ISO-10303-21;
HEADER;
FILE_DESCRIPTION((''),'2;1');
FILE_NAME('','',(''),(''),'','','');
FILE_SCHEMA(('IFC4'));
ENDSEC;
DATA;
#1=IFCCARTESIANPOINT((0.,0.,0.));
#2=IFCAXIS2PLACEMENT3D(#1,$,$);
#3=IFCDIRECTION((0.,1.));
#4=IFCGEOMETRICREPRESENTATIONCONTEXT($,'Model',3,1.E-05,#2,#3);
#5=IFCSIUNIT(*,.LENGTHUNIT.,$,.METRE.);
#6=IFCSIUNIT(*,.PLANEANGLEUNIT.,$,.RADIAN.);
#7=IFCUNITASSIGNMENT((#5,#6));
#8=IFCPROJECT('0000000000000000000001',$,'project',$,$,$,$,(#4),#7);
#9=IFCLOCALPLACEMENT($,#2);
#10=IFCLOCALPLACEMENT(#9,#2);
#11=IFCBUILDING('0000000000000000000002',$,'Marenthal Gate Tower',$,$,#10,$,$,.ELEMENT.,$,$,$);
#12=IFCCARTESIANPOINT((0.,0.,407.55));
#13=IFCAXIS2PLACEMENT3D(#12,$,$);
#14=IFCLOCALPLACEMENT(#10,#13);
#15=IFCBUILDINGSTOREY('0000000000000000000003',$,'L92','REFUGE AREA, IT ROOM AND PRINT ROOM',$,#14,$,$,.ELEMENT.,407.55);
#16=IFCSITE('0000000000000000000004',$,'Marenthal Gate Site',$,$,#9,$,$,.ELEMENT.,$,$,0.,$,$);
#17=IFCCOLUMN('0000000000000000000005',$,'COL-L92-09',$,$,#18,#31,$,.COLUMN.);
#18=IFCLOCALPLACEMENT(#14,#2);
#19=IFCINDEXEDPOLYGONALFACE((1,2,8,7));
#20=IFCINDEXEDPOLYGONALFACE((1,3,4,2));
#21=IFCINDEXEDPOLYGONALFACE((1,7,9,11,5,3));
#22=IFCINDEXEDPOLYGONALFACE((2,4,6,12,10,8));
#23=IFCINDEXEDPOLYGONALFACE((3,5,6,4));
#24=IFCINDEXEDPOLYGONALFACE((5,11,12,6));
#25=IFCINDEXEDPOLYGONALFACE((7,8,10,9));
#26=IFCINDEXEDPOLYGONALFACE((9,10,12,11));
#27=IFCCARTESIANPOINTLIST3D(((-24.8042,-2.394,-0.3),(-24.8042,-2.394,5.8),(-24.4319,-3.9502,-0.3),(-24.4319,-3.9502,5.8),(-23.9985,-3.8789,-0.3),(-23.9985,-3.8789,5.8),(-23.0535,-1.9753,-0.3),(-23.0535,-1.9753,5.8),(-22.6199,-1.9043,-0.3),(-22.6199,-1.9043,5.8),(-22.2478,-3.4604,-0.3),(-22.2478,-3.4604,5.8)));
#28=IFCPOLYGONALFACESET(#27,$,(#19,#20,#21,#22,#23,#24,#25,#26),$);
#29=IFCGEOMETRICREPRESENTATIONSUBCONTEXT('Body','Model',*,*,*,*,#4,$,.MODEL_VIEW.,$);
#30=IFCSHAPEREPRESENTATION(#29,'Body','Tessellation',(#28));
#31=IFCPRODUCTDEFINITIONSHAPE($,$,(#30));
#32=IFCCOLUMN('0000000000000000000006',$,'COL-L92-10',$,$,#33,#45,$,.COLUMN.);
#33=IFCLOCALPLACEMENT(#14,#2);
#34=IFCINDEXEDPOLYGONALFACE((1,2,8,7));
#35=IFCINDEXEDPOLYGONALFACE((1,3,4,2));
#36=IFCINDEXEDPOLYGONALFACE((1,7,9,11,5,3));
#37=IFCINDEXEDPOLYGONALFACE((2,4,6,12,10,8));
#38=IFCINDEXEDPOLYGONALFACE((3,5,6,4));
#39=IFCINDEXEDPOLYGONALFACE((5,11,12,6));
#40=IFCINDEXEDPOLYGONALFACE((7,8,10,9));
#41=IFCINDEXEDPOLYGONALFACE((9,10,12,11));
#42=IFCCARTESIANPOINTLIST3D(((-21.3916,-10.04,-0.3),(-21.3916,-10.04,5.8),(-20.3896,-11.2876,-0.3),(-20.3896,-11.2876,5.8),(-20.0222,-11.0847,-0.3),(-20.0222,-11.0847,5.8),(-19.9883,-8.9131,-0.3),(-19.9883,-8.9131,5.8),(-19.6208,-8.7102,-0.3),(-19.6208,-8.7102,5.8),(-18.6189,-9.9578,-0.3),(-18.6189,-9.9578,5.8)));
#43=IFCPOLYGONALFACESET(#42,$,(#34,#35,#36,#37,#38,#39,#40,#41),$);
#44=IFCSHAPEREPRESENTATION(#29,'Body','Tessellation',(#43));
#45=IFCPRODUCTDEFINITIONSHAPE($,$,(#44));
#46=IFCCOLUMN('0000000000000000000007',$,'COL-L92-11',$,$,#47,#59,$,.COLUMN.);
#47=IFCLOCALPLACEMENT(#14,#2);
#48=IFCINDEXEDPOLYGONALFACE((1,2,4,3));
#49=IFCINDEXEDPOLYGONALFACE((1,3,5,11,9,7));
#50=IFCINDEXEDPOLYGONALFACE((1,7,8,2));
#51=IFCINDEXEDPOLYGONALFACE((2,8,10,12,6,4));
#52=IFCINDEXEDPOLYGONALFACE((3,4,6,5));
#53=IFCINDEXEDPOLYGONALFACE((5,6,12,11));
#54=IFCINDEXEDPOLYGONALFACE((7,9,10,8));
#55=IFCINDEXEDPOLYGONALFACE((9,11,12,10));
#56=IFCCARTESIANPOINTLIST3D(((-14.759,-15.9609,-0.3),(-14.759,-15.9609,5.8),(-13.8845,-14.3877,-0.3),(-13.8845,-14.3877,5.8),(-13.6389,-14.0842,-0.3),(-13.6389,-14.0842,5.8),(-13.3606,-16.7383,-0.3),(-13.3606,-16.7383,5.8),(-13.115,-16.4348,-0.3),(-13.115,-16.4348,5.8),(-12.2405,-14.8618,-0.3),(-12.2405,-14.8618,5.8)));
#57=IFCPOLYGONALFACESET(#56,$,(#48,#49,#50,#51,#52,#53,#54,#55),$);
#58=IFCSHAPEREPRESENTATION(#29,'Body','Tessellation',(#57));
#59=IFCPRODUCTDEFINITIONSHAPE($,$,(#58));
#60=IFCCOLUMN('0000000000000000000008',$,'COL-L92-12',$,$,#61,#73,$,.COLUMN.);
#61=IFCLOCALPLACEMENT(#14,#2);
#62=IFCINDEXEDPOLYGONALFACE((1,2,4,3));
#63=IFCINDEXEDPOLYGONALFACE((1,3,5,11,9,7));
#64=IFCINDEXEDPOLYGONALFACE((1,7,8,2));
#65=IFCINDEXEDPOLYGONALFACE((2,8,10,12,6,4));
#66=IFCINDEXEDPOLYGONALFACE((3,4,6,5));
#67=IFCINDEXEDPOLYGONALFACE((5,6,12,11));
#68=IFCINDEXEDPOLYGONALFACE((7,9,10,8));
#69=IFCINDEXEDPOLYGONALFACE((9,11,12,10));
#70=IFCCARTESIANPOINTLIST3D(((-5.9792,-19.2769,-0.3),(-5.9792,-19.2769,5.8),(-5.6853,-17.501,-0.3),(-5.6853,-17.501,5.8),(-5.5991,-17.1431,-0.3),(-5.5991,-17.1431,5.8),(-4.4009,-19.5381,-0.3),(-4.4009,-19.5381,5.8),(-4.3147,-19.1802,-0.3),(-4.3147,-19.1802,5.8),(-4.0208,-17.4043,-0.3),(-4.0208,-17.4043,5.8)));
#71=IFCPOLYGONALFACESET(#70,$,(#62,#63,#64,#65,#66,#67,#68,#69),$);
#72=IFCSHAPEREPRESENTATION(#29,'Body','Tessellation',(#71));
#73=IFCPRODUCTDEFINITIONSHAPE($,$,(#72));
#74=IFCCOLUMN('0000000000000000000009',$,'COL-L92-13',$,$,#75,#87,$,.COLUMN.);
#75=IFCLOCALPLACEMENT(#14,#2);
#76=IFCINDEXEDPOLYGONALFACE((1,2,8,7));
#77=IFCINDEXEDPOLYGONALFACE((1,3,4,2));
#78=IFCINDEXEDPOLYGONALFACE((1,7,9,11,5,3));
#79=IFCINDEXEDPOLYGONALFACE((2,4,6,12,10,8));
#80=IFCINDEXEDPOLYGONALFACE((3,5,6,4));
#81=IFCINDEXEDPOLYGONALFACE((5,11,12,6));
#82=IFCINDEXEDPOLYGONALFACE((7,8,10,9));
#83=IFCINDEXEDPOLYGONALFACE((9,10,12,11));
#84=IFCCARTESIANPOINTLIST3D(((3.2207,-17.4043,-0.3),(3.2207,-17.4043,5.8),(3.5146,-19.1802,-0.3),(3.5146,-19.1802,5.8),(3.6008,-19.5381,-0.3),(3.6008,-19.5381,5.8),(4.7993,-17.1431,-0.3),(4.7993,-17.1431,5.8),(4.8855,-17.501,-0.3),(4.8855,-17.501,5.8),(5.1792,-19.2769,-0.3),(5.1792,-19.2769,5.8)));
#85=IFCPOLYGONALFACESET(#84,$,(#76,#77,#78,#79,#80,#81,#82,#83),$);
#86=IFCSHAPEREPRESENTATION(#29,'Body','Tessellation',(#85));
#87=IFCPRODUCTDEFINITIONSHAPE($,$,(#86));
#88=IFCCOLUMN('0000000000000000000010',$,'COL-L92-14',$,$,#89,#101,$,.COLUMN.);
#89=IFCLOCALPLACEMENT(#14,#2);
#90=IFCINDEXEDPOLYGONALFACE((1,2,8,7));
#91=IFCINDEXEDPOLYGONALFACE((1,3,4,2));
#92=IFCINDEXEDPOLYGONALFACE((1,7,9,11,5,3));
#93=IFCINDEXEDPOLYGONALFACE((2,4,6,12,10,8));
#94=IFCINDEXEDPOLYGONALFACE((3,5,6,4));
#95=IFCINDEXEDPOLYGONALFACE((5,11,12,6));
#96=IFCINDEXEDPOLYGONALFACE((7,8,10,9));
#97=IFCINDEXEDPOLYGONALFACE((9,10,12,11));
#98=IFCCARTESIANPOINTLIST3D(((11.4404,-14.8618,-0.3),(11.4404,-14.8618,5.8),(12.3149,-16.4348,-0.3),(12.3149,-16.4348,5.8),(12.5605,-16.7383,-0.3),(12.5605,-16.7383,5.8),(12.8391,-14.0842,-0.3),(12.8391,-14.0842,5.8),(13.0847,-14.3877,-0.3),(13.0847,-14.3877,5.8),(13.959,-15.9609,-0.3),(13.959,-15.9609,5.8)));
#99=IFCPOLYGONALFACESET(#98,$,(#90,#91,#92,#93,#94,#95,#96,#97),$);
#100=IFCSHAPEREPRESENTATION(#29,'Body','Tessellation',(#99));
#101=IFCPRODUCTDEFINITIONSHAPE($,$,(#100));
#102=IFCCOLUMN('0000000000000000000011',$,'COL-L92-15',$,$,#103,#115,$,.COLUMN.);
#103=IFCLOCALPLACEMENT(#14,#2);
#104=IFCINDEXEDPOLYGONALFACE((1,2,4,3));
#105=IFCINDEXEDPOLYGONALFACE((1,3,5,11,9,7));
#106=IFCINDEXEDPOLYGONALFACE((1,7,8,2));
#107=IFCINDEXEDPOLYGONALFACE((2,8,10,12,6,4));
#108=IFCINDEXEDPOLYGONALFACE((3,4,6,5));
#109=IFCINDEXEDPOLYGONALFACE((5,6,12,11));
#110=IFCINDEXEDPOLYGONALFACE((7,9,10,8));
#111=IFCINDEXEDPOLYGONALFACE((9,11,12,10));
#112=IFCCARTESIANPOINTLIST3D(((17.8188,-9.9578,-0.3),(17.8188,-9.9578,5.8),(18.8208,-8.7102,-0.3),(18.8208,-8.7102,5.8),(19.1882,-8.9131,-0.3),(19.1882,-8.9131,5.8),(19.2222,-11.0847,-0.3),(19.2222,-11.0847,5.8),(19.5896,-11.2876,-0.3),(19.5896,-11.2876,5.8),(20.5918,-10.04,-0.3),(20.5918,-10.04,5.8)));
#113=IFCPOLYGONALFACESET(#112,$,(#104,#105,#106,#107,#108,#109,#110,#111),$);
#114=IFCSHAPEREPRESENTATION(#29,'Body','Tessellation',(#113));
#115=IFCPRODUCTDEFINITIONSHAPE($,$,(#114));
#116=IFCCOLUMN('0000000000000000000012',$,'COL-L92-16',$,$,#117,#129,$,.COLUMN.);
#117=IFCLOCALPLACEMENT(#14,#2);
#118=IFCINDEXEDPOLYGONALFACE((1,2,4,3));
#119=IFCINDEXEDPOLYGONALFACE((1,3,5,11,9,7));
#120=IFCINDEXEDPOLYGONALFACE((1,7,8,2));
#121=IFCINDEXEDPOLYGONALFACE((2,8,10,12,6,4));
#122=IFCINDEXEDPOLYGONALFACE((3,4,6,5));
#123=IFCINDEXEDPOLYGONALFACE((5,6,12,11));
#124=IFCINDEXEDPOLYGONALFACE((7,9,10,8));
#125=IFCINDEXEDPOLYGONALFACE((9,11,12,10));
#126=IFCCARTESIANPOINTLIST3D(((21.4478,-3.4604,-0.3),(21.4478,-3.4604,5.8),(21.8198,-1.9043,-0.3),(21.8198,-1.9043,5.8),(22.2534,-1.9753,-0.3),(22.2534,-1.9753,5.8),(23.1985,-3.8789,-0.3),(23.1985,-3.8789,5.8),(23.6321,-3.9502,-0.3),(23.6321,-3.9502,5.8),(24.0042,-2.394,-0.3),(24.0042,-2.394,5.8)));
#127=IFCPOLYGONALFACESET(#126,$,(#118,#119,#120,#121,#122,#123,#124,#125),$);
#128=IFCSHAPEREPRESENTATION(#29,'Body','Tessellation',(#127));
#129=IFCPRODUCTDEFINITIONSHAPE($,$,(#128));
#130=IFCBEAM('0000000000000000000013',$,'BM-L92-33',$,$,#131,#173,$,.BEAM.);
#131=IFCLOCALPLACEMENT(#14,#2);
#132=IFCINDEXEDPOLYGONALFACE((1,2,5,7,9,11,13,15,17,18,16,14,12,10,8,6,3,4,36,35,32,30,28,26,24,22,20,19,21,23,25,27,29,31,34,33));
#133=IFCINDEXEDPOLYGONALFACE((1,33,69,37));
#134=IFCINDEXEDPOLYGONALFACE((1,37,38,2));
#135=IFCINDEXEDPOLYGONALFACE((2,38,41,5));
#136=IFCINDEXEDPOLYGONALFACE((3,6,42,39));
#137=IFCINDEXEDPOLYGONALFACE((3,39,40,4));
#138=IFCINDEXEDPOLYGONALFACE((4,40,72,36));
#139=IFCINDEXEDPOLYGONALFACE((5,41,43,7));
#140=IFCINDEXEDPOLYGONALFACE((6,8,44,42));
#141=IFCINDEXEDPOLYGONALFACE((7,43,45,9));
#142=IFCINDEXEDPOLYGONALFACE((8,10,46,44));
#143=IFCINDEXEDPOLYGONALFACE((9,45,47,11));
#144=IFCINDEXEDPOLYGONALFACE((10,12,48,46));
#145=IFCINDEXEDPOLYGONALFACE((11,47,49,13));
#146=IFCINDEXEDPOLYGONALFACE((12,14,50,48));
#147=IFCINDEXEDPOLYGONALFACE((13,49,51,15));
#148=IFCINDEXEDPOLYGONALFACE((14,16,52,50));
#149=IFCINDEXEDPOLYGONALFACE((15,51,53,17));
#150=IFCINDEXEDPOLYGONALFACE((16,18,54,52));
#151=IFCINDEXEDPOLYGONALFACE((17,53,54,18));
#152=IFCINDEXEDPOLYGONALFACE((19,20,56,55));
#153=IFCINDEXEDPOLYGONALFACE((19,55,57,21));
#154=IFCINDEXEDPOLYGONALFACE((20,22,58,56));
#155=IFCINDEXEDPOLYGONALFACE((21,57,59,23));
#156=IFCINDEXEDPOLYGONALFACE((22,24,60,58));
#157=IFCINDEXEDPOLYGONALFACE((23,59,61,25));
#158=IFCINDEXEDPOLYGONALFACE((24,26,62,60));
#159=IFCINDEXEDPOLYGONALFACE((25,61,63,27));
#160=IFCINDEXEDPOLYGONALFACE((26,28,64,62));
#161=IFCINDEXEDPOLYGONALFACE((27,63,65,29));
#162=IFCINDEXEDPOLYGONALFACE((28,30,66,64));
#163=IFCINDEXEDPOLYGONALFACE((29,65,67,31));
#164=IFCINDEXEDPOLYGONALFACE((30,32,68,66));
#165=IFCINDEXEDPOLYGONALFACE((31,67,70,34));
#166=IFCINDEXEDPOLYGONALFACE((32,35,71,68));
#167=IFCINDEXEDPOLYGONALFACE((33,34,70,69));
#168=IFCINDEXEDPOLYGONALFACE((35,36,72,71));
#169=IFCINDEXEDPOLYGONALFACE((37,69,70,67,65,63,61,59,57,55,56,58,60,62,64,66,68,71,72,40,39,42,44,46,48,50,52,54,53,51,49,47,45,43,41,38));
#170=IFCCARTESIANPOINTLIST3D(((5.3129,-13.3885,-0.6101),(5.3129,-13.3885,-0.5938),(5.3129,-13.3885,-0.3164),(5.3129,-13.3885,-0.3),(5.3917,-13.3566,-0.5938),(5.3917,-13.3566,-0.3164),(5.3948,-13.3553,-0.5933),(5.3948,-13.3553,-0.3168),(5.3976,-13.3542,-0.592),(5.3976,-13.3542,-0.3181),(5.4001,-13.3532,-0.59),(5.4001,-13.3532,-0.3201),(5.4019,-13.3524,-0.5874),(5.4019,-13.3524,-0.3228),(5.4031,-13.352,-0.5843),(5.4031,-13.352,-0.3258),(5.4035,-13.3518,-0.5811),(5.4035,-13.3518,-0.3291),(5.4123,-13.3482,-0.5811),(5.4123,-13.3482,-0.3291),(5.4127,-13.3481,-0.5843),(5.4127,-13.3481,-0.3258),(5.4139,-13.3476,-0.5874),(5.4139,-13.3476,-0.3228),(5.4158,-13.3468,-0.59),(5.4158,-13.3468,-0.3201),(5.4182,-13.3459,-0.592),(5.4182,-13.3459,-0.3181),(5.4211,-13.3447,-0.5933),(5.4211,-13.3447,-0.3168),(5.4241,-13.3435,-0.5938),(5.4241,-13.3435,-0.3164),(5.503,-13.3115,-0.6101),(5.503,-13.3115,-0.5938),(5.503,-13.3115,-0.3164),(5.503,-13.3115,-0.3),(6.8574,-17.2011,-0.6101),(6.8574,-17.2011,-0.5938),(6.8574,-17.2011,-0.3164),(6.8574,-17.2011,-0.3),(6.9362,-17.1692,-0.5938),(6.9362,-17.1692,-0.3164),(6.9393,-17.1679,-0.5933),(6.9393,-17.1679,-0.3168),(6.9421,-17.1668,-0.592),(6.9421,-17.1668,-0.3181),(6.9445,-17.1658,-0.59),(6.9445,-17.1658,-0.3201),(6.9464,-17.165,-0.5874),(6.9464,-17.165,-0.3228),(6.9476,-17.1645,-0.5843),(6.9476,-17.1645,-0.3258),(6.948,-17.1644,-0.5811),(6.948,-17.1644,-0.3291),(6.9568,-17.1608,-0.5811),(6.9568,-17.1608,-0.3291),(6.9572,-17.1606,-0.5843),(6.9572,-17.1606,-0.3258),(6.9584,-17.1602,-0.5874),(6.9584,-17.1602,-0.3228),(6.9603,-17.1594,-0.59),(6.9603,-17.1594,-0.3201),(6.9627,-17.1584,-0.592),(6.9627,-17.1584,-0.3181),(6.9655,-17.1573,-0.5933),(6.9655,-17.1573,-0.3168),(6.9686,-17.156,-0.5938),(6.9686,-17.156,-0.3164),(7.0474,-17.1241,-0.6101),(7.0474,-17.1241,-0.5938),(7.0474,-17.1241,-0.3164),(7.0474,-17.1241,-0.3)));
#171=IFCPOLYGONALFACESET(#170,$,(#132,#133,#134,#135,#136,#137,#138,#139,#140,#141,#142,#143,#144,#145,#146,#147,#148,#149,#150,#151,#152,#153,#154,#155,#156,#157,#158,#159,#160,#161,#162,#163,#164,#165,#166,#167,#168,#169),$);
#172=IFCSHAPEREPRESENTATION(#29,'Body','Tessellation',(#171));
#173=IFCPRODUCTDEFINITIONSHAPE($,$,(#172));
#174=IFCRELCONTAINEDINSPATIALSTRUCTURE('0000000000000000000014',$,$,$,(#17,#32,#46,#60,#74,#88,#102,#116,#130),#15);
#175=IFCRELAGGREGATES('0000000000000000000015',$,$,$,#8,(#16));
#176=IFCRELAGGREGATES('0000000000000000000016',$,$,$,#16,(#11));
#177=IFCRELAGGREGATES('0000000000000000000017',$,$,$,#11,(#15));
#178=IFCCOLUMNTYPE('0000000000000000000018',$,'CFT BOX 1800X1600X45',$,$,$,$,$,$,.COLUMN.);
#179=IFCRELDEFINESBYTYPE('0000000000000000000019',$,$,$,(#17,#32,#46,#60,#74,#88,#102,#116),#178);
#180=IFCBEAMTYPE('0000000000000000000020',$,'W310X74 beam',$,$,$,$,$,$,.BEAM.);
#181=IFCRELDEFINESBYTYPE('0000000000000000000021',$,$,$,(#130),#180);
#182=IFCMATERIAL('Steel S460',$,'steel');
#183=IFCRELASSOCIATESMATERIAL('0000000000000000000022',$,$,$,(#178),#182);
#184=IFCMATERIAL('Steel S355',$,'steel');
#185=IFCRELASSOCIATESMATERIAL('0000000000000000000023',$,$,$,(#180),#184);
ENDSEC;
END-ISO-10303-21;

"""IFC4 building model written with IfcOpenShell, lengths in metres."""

from ifc_helpers import new_model, si_unit, direction, frame, origin, origin_2d, place, context, subcontext, project, spatial, polyline, rectangle, hollow_rectangle, i_section, outline, extrude, material, material_profile, profile_set, type_object, element, save


model = new_model("IFC4")

# Units and contexts
model_context = context("Model", 3, precision=1e-05, world=origin(), true_north=direction((0.0, 1.0)))
body_context = subcontext(model_context, "Body", "Model", "MODEL_VIEW")
ifc_project = project(units=[si_unit("LENGTHUNIT", "METRE"), si_unit("PLANEANGLEUNIT", "RADIAN")], contexts=[model_context])

# Site, building, storey
site_placement = place(None, origin())
site = spatial("IfcSite", under=ifc_project, at=site_placement, Name="Marenthal Gate Site", CompositionType="ELEMENT", RefElevation=0.0)
building_placement = place(site_placement, origin())
building = spatial("IfcBuilding", under=site, at=building_placement, Name="Marenthal Gate Tower", CompositionType="ELEMENT")
storey_placement = place(building_placement, frame((0.0, 0.0, 407.55)))
storey = spatial("IfcBuildingStorey", under=building, at=storey_placement, Name="L92", Description="REFUGE AREA, IT ROOM AND PRINT ROOM", CompositionType="ELEMENT", Elevation=407.55)

# Columns
ifc_material_1 = material(Name="Steel S460", Category="steel")
ifc_material_profile_1 = material_profile(ifc_material_1, hollow_rectangle(XDim=1.6001, YDim=1.8, WallThickness=0.0449, at=origin_2d()), Name="CFT BOX 1800X1600X45")
ifc_material_2 = material(Name="Concrete 70 MPa", Category="concrete")
ifc_material_profile_2 = material_profile(ifc_material_2, rectangle(XDim=1.51, YDim=1.71, at=origin_2d()), Name="CFT BOX 1800X1600X45 INFILL")
ifc_profile_set_1 = profile_set([ifc_material_profile_1, ifc_material_profile_2], Name="Steel S460 shell, Concrete 70 MPa infill")
column_type = type_object("IfcColumnType", Name="CFT BOX 1800X1600X45", PredefinedType="COLUMN", material=ifc_profile_set_1)
column_1_placement = place(storey_placement, frame((0.0, 0.0, -0.3)))
element("IfcColumn", 1, at=column_1_placement, inside=storey, type_object=column_type, Name="COL-L92-09", PredefinedType="COLUMN", context=body_context, shape_type="SweptSolid", body=[
    extrude(outline(polyline([(-24.4319, -3.9502), (-24.8042, -2.394), (-23.0535, -1.9753), (-22.6199, -1.9043), (-22.2478, -3.4604), (-23.9985, -3.8789), (-24.4319, -3.9502)])), origin(), (0.0, 0.0, 1.0), 6.1001),
])
column_2_placement = place(storey_placement, frame((0.0, 0.0, -0.3)))
element("IfcColumn", 2, at=column_2_placement, inside=storey, type_object=column_type, Name="COL-L92-10", PredefinedType="COLUMN", context=body_context, shape_type="SweptSolid", body=[
    extrude(outline(polyline([(-20.3896, -11.2876), (-21.3916, -10.04), (-19.9883, -8.9131), (-19.6208, -8.7102), (-18.6189, -9.9578), (-20.0222, -11.0847), (-20.3896, -11.2876)])), origin(), (0.0, 0.0, 1.0), 6.1001),
])
column_3_placement = place(storey_placement, frame((0.0, 0.0, -0.3)))
element("IfcColumn", 3, at=column_3_placement, inside=storey, type_object=column_type, Name="COL-L92-11", PredefinedType="COLUMN", context=body_context, shape_type="SweptSolid", body=[
    extrude(outline(polyline([(-13.3606, -16.7383), (-14.759, -15.9609), (-13.8845, -14.3877), (-13.6389, -14.0842), (-12.2405, -14.8618), (-13.115, -16.4348), (-13.3606, -16.7383)])), origin(), (0.0, 0.0, 1.0), 6.1001),
])
column_4_placement = place(storey_placement, frame((0.0, 0.0, -0.3)))
element("IfcColumn", 4, at=column_4_placement, inside=storey, type_object=column_type, Name="COL-L92-12", PredefinedType="COLUMN", context=body_context, shape_type="SweptSolid", body=[
    extrude(outline(polyline([(-4.4009, -19.5381), (-5.9792, -19.2769), (-5.6853, -17.501), (-5.5991, -17.1431), (-4.0208, -17.4043), (-4.3147, -19.1802), (-4.4009, -19.5381)])), origin(), (0.0, 0.0, 1.0), 6.1001),
])
column_5_placement = place(storey_placement, frame((0.0, 0.0, -0.3)))
element("IfcColumn", 5, at=column_5_placement, inside=storey, type_object=column_type, Name="COL-L92-13", PredefinedType="COLUMN", context=body_context, shape_type="SweptSolid", body=[
    extrude(outline(polyline([(3.6008, -19.5381), (3.5146, -19.1802), (3.2207, -17.4043), (4.7993, -17.1431), (4.8855, -17.501), (5.1792, -19.2769), (3.6008, -19.5381)])), origin(), (0.0, 0.0, 1.0), 6.1001),
])
column_6_placement = place(storey_placement, frame((0.0, 0.0, -0.3)))
element("IfcColumn", 6, at=column_6_placement, inside=storey, type_object=column_type, Name="COL-L92-14", PredefinedType="COLUMN", context=body_context, shape_type="SweptSolid", body=[
    extrude(outline(polyline([(12.5605, -16.7383), (12.3149, -16.4348), (11.4404, -14.8618), (12.8391, -14.0842), (13.0847, -14.3877), (13.959, -15.9609), (12.5605, -16.7383)])), origin(), (0.0, 0.0, 1.0), 6.1001),
])
column_7_placement = place(storey_placement, frame((0.0, 0.0, -0.3)))
element("IfcColumn", 7, at=column_7_placement, inside=storey, type_object=column_type, Name="COL-L92-15", PredefinedType="COLUMN", context=body_context, shape_type="SweptSolid", body=[
    extrude(outline(polyline([(19.5896, -11.2876), (19.2222, -11.0847), (17.8188, -9.9578), (18.8208, -8.7102), (19.1882, -8.9131), (20.5918, -10.04), (19.5896, -11.2876)])), origin(), (0.0, 0.0, 1.0), 6.1001),
])
column_8_placement = place(storey_placement, frame((0.0, 0.0, -0.3)))
element("IfcColumn", 8, at=column_8_placement, inside=storey, type_object=column_type, Name="COL-L92-16", PredefinedType="COLUMN", context=body_context, shape_type="SweptSolid", body=[
    extrude(outline(polyline([(23.6321, -3.9502), (23.1985, -3.8789), (21.4478, -3.4604), (21.8198, -1.9043), (22.2534, -1.9753), (24.0042, -2.394), (23.6321, -3.9502)])), origin(), (0.0, 0.0, 1.0), 6.1001),
])

# Beam
ifc_material_3 = material(Name="Steel S355", Category="steel")
ifc_material_profile_3 = material_profile(ifc_material_3, i_section(OverallWidth=0.2051, OverallDepth=0.3101, WebThickness=0.0095, FlangeThickness=0.0164, FilletRadius=0.0127, at=origin_2d()), Name="W310X74")
ifc_profile_set_2 = profile_set([ifc_material_profile_3], Name="Steel S355")
beam_type_1 = type_object("IfcBeamType", Name="W310X74 beam", PredefinedType="BEAM", material=ifc_profile_set_2)
beam_1_placement = place(storey_placement, frame((6.9524, -17.1626, -0.4551), z_axis=(-0.37546, 0.926839, 0.0), x_axis=(-0.926839, -0.37546, 0.0)))
element("IfcBeam", 9, at=beam_1_placement, inside=storey, type_object=beam_type_1, Name="BM-L92-33", PredefinedType="BEAM", context=body_context, shape_type="SweptSolid", body=[
    extrude(i_section(OverallWidth=0.2051, OverallDepth=0.3101, WebThickness=0.0095, FlangeThickness=0.0164, FilletRadius=0.0127, at=origin_2d()), origin(), (0.0, 0.0, 1.0), 4.1135),
])

save(model, "model.ifc")
